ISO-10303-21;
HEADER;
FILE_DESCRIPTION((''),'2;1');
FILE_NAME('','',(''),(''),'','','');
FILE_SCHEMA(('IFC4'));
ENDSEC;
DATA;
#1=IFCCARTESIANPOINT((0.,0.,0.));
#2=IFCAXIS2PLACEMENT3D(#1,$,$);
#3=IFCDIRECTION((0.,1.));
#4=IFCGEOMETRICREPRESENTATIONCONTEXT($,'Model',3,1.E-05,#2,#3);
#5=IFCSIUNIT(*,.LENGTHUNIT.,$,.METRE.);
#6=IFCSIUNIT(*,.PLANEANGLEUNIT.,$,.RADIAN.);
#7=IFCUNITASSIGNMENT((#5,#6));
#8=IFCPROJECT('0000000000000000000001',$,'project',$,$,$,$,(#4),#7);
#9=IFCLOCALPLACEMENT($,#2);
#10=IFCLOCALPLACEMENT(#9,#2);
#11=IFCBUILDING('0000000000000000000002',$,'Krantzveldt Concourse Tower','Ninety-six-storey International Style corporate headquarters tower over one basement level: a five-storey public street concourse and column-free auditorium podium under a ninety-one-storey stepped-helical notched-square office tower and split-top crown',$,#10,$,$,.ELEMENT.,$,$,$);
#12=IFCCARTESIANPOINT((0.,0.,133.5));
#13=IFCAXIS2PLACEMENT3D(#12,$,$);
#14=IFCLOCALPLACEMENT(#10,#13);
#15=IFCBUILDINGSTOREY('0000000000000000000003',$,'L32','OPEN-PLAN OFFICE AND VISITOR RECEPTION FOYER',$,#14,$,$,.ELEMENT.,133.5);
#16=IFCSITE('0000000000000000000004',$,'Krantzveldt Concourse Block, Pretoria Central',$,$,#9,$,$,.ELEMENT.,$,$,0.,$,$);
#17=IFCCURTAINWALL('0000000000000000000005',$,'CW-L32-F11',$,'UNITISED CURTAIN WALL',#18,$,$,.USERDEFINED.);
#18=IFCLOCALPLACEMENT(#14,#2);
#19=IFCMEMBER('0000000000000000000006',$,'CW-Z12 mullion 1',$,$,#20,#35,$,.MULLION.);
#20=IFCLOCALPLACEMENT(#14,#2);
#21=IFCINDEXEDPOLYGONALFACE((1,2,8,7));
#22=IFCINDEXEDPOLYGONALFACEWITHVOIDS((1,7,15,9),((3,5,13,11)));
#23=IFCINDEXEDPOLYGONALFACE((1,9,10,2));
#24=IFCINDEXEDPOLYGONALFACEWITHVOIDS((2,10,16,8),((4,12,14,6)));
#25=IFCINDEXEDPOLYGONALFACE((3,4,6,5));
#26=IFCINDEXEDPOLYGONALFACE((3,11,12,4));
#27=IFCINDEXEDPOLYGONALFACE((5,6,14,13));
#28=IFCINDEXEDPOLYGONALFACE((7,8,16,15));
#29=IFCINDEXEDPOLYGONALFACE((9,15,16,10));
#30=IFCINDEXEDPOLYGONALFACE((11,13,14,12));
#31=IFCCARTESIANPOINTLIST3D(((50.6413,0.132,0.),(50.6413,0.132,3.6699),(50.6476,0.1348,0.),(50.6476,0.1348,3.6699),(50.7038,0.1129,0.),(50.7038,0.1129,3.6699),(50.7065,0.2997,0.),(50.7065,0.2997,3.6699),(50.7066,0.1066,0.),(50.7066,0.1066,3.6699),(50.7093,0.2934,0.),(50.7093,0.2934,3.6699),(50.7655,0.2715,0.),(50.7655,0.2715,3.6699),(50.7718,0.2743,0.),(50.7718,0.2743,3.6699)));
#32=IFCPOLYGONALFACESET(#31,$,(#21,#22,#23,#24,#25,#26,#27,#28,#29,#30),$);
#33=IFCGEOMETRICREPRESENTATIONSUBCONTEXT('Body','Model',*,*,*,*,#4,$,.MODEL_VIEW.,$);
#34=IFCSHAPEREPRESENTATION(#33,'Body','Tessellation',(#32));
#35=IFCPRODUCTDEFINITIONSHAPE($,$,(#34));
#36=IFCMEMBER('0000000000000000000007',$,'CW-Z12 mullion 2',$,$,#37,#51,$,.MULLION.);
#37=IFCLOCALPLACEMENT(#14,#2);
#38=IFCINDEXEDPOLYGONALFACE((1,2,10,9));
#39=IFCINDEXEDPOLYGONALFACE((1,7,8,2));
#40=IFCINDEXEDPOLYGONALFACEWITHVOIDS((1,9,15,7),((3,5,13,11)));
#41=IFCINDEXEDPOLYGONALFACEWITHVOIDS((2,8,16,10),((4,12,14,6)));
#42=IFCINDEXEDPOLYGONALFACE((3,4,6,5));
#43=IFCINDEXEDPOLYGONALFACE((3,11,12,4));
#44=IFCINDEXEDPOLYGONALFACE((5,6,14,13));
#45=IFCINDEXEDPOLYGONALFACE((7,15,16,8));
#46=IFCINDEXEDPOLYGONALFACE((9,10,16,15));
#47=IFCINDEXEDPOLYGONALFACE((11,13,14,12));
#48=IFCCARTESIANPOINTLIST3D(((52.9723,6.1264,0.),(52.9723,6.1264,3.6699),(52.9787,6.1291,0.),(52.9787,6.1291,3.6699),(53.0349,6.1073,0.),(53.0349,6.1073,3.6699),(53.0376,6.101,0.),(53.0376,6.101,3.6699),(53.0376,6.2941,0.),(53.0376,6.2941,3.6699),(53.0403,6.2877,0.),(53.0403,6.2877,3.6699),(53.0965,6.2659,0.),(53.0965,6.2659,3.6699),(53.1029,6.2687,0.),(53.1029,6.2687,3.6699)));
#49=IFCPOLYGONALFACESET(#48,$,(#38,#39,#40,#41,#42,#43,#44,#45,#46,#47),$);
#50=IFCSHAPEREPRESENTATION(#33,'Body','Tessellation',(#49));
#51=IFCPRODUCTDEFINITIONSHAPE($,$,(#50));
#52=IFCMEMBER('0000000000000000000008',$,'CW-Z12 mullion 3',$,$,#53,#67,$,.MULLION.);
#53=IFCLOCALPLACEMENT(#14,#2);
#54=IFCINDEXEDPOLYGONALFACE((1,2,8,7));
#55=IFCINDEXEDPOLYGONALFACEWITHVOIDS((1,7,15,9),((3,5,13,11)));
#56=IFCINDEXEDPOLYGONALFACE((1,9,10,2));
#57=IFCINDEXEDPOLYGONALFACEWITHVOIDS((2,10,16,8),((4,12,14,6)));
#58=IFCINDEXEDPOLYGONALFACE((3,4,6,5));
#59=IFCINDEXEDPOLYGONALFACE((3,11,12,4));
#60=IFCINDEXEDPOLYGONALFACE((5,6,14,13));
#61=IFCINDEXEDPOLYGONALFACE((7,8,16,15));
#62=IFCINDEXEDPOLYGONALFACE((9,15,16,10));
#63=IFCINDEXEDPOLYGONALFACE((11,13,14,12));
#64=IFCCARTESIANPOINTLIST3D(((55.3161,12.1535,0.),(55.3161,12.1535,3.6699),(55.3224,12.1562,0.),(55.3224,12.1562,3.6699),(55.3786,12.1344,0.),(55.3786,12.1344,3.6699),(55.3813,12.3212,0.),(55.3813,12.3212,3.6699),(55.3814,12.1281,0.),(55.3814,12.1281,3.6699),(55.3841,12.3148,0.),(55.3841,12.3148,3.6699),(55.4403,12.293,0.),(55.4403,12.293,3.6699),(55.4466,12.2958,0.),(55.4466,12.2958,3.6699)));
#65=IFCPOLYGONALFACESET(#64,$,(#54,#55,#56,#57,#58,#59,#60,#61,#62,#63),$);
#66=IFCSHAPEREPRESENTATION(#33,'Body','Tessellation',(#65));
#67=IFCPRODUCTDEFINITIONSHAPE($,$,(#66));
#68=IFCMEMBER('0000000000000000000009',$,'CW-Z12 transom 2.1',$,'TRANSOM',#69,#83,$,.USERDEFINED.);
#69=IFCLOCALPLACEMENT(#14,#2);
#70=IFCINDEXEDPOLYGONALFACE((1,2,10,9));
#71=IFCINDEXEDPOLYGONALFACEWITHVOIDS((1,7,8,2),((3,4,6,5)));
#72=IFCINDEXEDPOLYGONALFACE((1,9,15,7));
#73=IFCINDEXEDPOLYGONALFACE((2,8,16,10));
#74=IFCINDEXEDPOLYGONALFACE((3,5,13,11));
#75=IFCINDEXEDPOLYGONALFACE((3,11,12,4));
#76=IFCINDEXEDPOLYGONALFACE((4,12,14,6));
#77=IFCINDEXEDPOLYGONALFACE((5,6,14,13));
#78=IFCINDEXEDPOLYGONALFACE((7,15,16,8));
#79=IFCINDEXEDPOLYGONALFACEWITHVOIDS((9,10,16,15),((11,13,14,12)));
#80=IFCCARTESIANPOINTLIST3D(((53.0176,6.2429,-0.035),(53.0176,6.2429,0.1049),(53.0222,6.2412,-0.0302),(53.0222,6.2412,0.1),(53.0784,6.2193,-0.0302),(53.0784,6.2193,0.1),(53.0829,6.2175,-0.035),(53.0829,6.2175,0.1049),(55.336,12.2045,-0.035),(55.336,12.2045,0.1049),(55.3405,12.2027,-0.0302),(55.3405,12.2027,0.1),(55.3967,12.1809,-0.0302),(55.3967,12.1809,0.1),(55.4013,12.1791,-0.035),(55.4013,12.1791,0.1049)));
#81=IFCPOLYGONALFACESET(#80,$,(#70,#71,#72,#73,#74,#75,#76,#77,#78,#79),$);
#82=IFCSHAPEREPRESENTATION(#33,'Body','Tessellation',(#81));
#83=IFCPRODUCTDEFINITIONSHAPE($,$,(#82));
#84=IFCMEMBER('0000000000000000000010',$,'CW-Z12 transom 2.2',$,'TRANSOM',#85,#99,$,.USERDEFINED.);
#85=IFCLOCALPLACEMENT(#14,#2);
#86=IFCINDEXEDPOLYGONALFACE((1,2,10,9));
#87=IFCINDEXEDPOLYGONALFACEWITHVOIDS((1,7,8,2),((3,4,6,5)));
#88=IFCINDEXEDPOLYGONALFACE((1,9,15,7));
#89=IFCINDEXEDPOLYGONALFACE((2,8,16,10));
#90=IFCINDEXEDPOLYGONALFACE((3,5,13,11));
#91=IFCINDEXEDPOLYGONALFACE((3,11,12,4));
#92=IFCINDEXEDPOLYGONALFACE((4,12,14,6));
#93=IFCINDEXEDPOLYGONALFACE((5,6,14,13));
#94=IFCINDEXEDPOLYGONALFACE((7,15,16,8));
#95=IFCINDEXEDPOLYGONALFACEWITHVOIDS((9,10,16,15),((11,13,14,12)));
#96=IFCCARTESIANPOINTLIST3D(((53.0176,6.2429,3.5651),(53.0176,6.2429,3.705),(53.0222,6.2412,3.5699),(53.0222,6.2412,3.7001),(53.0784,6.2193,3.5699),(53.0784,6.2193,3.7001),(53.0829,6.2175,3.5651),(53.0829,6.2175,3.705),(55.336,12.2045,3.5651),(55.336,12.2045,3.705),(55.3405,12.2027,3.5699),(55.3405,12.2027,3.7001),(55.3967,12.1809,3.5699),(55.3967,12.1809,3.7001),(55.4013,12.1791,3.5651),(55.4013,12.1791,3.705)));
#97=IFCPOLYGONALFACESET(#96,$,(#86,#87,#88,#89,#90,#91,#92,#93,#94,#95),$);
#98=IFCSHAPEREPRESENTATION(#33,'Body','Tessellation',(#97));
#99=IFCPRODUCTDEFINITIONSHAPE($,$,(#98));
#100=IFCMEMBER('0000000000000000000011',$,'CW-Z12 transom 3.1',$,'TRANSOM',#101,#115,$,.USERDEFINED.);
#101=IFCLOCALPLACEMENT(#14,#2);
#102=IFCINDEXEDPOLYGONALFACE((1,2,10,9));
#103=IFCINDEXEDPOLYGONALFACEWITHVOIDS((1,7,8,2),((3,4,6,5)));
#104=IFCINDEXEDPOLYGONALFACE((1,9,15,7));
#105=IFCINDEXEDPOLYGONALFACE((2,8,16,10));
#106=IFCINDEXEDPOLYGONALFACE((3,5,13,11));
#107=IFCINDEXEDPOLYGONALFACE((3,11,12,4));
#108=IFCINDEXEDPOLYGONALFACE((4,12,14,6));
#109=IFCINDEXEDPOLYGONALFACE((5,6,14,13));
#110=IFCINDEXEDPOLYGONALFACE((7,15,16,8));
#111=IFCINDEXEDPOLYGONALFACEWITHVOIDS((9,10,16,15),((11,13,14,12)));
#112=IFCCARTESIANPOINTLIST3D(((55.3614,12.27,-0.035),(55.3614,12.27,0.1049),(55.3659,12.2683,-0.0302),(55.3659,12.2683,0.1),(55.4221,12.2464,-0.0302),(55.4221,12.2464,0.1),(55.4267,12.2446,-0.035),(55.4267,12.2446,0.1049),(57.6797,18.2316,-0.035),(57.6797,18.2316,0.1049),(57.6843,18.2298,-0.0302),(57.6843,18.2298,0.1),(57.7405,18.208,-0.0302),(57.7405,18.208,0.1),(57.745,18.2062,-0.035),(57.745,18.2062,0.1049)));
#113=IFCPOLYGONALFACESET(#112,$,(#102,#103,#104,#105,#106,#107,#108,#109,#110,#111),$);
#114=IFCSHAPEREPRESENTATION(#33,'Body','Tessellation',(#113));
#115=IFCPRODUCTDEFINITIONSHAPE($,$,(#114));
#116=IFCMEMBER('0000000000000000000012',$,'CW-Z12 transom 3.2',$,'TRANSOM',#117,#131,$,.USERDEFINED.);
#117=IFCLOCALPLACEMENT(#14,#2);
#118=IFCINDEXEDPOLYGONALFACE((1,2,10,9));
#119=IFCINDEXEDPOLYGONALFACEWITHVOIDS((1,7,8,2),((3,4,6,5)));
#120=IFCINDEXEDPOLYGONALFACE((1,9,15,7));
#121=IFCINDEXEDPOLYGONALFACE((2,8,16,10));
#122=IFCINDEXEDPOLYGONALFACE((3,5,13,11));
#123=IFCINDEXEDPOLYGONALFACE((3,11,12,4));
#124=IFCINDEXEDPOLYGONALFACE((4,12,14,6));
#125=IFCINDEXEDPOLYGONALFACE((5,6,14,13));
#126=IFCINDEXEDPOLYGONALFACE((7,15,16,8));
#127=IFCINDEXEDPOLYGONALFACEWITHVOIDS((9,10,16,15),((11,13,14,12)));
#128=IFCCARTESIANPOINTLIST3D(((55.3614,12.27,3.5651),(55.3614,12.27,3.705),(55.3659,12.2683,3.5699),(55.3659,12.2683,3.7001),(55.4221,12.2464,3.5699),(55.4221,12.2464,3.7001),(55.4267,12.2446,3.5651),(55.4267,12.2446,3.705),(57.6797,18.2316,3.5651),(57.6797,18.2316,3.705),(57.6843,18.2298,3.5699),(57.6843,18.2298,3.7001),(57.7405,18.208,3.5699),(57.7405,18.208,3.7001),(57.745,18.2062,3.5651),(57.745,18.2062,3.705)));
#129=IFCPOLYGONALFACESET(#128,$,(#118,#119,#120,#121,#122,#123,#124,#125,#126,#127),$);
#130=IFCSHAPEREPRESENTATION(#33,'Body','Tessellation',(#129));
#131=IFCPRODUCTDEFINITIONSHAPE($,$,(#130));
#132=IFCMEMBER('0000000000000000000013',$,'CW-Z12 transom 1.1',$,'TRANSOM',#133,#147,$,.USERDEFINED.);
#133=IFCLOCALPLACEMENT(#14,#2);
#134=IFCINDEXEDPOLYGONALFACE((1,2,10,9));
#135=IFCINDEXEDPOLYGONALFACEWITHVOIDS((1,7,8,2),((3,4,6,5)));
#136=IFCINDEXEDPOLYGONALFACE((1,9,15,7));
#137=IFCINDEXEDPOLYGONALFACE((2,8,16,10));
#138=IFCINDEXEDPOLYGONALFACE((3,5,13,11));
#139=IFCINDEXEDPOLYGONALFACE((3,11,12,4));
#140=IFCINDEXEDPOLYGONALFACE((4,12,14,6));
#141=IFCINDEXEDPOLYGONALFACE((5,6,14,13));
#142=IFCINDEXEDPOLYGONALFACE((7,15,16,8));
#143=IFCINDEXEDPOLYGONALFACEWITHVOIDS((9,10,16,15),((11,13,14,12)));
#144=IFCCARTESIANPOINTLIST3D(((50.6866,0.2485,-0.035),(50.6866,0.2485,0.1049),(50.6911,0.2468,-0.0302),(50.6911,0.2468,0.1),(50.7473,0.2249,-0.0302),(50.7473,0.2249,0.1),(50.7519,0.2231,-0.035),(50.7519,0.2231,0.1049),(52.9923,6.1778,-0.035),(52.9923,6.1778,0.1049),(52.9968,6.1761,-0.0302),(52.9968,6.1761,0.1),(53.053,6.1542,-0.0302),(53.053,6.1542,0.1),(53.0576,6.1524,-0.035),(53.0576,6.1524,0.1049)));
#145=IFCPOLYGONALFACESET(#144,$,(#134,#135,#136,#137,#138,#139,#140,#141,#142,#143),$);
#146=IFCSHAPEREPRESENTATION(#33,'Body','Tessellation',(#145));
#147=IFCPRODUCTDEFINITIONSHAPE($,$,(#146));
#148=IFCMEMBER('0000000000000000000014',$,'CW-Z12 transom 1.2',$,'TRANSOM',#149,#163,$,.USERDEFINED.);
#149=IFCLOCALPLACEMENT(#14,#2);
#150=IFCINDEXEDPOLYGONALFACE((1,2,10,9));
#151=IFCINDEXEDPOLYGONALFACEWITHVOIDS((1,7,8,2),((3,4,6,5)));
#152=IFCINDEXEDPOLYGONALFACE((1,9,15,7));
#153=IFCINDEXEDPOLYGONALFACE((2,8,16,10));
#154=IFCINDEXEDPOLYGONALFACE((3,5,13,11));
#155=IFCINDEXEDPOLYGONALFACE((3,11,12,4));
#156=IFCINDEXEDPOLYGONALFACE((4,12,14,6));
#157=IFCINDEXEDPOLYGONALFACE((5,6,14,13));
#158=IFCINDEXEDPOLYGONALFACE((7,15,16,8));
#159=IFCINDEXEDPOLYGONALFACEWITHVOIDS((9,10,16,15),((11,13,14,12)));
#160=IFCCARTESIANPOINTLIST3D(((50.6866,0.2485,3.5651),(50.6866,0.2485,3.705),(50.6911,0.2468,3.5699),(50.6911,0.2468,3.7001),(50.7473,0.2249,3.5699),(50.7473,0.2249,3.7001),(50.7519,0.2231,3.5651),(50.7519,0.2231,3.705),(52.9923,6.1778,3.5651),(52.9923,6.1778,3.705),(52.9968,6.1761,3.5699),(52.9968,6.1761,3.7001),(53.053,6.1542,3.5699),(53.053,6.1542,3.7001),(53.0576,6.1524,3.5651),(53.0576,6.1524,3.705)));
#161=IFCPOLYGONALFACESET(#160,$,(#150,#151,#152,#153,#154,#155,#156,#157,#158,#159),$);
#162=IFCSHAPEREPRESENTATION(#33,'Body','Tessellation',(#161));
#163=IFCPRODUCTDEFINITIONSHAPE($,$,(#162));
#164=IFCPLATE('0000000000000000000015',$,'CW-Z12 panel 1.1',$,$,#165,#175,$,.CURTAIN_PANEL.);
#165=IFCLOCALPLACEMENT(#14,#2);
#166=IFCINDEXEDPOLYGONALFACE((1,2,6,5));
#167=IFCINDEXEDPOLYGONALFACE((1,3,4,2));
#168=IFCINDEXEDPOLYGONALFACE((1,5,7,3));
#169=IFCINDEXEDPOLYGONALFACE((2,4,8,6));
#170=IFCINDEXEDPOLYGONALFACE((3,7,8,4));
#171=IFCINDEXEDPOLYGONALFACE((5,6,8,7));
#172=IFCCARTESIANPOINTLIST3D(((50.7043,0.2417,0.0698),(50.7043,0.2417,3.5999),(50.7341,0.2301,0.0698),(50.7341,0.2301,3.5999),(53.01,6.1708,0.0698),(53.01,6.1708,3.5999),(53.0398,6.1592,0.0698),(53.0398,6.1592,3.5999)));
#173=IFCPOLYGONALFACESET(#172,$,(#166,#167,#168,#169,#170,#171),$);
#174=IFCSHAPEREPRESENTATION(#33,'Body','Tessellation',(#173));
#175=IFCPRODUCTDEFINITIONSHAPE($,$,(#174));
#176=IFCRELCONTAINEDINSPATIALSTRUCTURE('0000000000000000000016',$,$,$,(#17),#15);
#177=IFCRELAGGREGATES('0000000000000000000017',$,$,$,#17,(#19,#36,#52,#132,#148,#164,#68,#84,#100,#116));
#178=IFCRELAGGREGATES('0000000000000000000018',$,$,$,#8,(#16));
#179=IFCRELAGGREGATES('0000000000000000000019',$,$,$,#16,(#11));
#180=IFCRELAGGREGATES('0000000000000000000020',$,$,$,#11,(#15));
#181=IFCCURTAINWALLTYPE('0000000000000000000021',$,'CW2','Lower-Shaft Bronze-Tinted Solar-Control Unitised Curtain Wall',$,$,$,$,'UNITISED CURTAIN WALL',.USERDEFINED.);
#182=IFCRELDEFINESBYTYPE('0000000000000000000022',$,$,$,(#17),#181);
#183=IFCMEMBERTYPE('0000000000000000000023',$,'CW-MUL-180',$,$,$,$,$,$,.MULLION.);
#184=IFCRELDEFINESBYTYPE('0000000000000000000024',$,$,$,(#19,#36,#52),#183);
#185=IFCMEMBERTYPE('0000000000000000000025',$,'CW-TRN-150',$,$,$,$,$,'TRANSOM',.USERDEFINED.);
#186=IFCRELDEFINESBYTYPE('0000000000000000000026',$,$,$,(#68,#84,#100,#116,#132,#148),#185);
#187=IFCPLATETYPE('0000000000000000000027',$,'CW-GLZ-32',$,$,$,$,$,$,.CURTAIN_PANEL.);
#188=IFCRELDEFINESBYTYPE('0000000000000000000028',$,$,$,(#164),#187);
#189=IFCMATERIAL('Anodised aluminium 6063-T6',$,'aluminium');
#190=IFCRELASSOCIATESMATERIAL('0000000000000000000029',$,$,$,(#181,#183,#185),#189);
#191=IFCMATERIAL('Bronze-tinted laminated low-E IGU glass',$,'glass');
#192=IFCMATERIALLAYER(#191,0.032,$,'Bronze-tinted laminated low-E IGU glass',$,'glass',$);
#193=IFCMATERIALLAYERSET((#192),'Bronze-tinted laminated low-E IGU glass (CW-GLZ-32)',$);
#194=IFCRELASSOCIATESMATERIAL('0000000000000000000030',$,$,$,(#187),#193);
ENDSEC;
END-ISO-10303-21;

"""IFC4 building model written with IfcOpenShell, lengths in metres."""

from ifc_helpers import new_model, si_unit, direction, frame, origin, origin_2d, place, context, subcontext, project, spatial, rectangle, hollow_rectangle, extrude, source, transform, mapped, material, layer, layer_set, material_profile, profile_set, type_object, type_shapes, element, aggregate, save


model = new_model("IFC4")

# Units and contexts
model_context = context("Model", 3, precision=1e-05, world=origin(), true_north=direction((0.0, 1.0)))
body_context = subcontext(model_context, "Body", "Model", "MODEL_VIEW")
ifc_project = project(units=[si_unit("LENGTHUNIT", "METRE"), si_unit("PLANEANGLEUNIT", "RADIAN")], contexts=[model_context])

# Site, building, storey
site_placement = place(None, origin())
site = spatial("IfcSite", under=ifc_project, at=site_placement, Name="Krantzveldt Concourse Block, Pretoria Central", CompositionType="ELEMENT", RefElevation=0.0)
building_placement = place(site_placement, origin())
building = spatial("IfcBuilding", under=site, at=building_placement, Name="Krantzveldt Concourse Tower", Description="Ninety-six-storey International Style corporate headquarters tower over one basement level: a five-storey public street concourse and column-free auditorium podium under a ninety-one-storey stepped-helical notched-square office tower and split-top crown", CompositionType="ELEMENT")
storey_placement = place(building_placement, frame((0.0, 0.0, 133.5)))
storey = spatial("IfcBuildingStorey", under=building, at=storey_placement, Name="L32", Description="OPEN-PLAN OFFICE AND VISITOR RECEPTION FOYER", CompositionType="ELEMENT", Elevation=133.5)

# Curtain wall, members, plate
ifc_material_1 = material(Name="Anodised aluminium 6063-T6", Category="aluminium")
curtain_wall_type = type_object("IfcCurtainWallType", Name="CW2", Description="Lower-Shaft Bronze-Tinted Solar-Control Unitised Curtain Wall", ElementType="UNITISED CURTAIN WALL", PredefinedType="USERDEFINED", material=ifc_material_1)
curtain_wall_placement = place(storey_placement, origin())
curtain_wall = element("IfcCurtainWall", 1, at=curtain_wall_placement, inside=storey, type_object=curtain_wall_type, Name="CW-L32-F11", ObjectType="UNITISED CURTAIN WALL", PredefinedType="USERDEFINED")
ifc_material_profile_1 = material_profile(ifc_material_1, hollow_rectangle(XDim=0.0701, YDim=0.1799, WallThickness=0.0049, at=origin_2d()), Name="Anodised aluminium 6063-T6", Category="aluminium")
ifc_profile_set_1 = profile_set([ifc_material_profile_1], Name="Anodised aluminium 6063-T6 - ALU-MULL 180x70x5")
member_type_1 = type_object("IfcMemberType", Name="CW-MUL-180", PredefinedType="MULLION", material=ifc_profile_set_1)
shared_shape_1 = source(origin(), body_context, "Body", "SweptSolid", [
    extrude(hollow_rectangle(XDim=0.0701, YDim=0.1799, WallThickness=0.0049, at=origin_2d()), origin(), (0.0, 0.0, 1.0), 3.6699),
])
type_shapes(member_type_1, [shared_shape_1])
member_1_placement = place(storey_placement, frame((50.7065, 0.2031, 0.0), z_axis=(0.0, 0.0, 1.0), x_axis=(-0.932008, 0.362438, 0.0)))
member_1 = element("IfcMember", 2, at=member_1_placement, type_object=member_type_1, Name="CW-Z12 mullion 1", PredefinedType="MULLION", context=body_context, shape_type="MappedRepresentation", body=[
    mapped(shared_shape_1, transform((0.0, 0.0, 0.0), x_axis=(1.0, 0.0, 0.0), y_axis=(0.0, 1.0, 0.0), z_axis=(0.0, 0.0, 1.0), scale=1.0)),
])
member_2_placement = place(storey_placement, frame((53.0376, 6.1975, 0.0), z_axis=(0.0, 0.0, 1.0), x_axis=(-0.932008, 0.362438, 0.0)))
member_2 = element("IfcMember", 3, at=member_2_placement, type_object=member_type_1, Name="CW-Z12 mullion 2", PredefinedType="MULLION", context=body_context, shape_type="MappedRepresentation", body=[
    mapped(shared_shape_1, transform((0.0, 0.0, 0.0), x_axis=(1.0, 0.0, 0.0), y_axis=(0.0, 1.0, 0.0), z_axis=(0.0, 0.0, 1.0), scale=1.0)),
])
member_3_placement = place(storey_placement, frame((55.3813, 12.2246, 0.0), z_axis=(0.0, 0.0, 1.0), x_axis=(-0.932008, 0.362438, 0.0)))
member_3 = element("IfcMember", 4, at=member_3_placement, type_object=member_type_1, Name="CW-Z12 mullion 3", PredefinedType="MULLION", context=body_context, shape_type="MappedRepresentation", body=[
    mapped(shared_shape_1, transform((0.0, 0.0, 0.0), x_axis=(1.0, 0.0, 0.0), y_axis=(0.0, 1.0, 0.0), z_axis=(0.0, 0.0, 1.0), scale=1.0)),
])
ifc_material_profile_2 = material_profile(ifc_material_1, hollow_rectangle(XDim=0.0701, YDim=0.1399, WallThickness=0.0049, at=origin_2d()), Name="Anodised aluminium 6063-T6", Category="aluminium")
ifc_profile_set_2 = profile_set([ifc_material_profile_2], Name="Anodised aluminium 6063-T6 - ALU-TRAN 140x70x5")
member_type_2 = type_object("IfcMemberType", Name="CW-TRN-150", ElementType="TRANSOM", PredefinedType="USERDEFINED", material=ifc_profile_set_2)
shared_shape_2 = source(origin(), body_context, "Body", "SweptSolid", [
    extrude(hollow_rectangle(XDim=0.0701, YDim=0.1399, WallThickness=0.0049, at=origin_2d()), origin(), (0.0, 0.0, 1.0), 6.3965),
])
member_4_placement = place(storey_placement, frame((53.0503, 6.2302, 0.0349), z_axis=(0.362437, 0.932008, 0.0), x_axis=(-0.932008, 0.362437, 0.0)))
member_4 = element("IfcMember", 5, at=member_4_placement, type_object=member_type_2, Name="CW-Z12 transom 2.1", ObjectType="TRANSOM", PredefinedType="USERDEFINED", context=body_context, shape_type="MappedRepresentation", body=[
    mapped(shared_shape_2, transform((0.0, 0.0, 0.0), x_axis=(1.0, 0.0, 0.0), y_axis=(0.0, 1.0, 0.0), z_axis=(0.0, 0.0, 1.0), scale=1.0)),
])
member_5_placement = place(storey_placement, frame((53.0503, 6.2302, 3.635), z_axis=(0.362437, 0.932008, 0.0), x_axis=(-0.932008, 0.362437, 0.0)))
member_5 = element("IfcMember", 6, at=member_5_placement, type_object=member_type_2, Name="CW-Z12 transom 2.2", ObjectType="TRANSOM", PredefinedType="USERDEFINED", context=body_context, shape_type="MappedRepresentation", body=[
    mapped(shared_shape_2, transform((0.0, 0.0, 0.0), x_axis=(1.0, 0.0, 0.0), y_axis=(0.0, 1.0, 0.0), z_axis=(0.0, 0.0, 1.0), scale=1.0)),
])
member_6_placement = place(storey_placement, frame((55.394, 12.2573, 0.0349), z_axis=(0.362437, 0.932008, 0.0), x_axis=(-0.932008, 0.362437, 0.0)))
member_6 = element("IfcMember", 7, at=member_6_placement, type_object=member_type_2, Name="CW-Z12 transom 3.1", ObjectType="TRANSOM", PredefinedType="USERDEFINED", context=body_context, shape_type="MappedRepresentation", body=[
    mapped(shared_shape_2, transform((0.0, 0.0, 0.0), x_axis=(1.0, 0.0, 0.0), y_axis=(0.0, 1.0, 0.0), z_axis=(0.0, 0.0, 1.0), scale=1.0)),
])
member_7_placement = place(storey_placement, frame((55.394, 12.2573, 3.635), z_axis=(0.362437, 0.932008, 0.0), x_axis=(-0.932008, 0.362437, 0.0)))
member_7 = element("IfcMember", 8, at=member_7_placement, type_object=member_type_2, Name="CW-Z12 transom 3.2", ObjectType="TRANSOM", PredefinedType="USERDEFINED", context=body_context, shape_type="MappedRepresentation", body=[
    mapped(shared_shape_2, transform((0.0, 0.0, 0.0), x_axis=(1.0, 0.0, 0.0), y_axis=(0.0, 1.0, 0.0), z_axis=(0.0, 0.0, 1.0), scale=1.0)),
])
shared_shape_3 = source(origin(), body_context, "Body", "SweptSolid", [
    extrude(hollow_rectangle(XDim=0.0701, YDim=0.1399, WallThickness=0.0049, at=origin_2d()), origin(), (0.0, 0.0, 1.0), 6.3618),
])
type_shapes(member_type_2, [shared_shape_2, shared_shape_3])
member_8_placement = place(storey_placement, frame((50.7192, 0.2358, 0.0349), z_axis=(0.362428, 0.932012, 0.0), x_axis=(-0.932012, 0.362428, 0.0)))
member_8 = element("IfcMember", 9, at=member_8_placement, type_object=member_type_2, Name="CW-Z12 transom 1.1", ObjectType="TRANSOM", PredefinedType="USERDEFINED", context=body_context, shape_type="MappedRepresentation", body=[
    mapped(shared_shape_3, transform((0.0, 0.0, 0.0), x_axis=(1.0, 0.0, 0.0), y_axis=(0.0, 1.0, 0.0), z_axis=(0.0, 0.0, 1.0), scale=1.0)),
])
member_9_placement = place(storey_placement, frame((50.7192, 0.2358, 3.635), z_axis=(0.362428, 0.932012, 0.0), x_axis=(-0.932012, 0.362428, 0.0)))
member_9 = element("IfcMember", 10, at=member_9_placement, type_object=member_type_2, Name="CW-Z12 transom 1.2", ObjectType="TRANSOM", PredefinedType="USERDEFINED", context=body_context, shape_type="MappedRepresentation", body=[
    mapped(shared_shape_3, transform((0.0, 0.0, 0.0), x_axis=(1.0, 0.0, 0.0), y_axis=(0.0, 1.0, 0.0), z_axis=(0.0, 0.0, 1.0), scale=1.0)),
])
ifc_material_2 = material(Name="Bronze-tinted laminated low-E IGU glass", Category="glass")
ifc_layer_1 = layer(ifc_material_2, 0.032, Name="Bronze-tinted laminated low-E IGU glass", Category="glass")
ifc_layer_set_1 = layer_set([ifc_layer_1], Name="Bronze-tinted laminated low-E IGU glass (CW-GLZ-32)")
plate_type = type_object("IfcPlateType", Name="CW-GLZ-32", PredefinedType="CURTAIN_PANEL", material=ifc_layer_set_1)
shared_shape_4 = source(origin(), body_context, "Body", "SweptSolid", [
    extrude(rectangle(XDim=6.3616, YDim=0.032, at=origin_2d()), origin(), (0.0, 0.0, 1.0), 3.53),
])
plate_1_placement = place(storey_placement, frame((51.8721, 3.2004, 0.0698), z_axis=(0.0, 0.0, 1.0), x_axis=(0.362438, 0.932008, 0.0)))
plate_1 = element("IfcPlate", 11, at=plate_1_placement, type_object=plate_type, Name="CW-Z12 panel 1.1", PredefinedType="CURTAIN_PANEL", context=body_context, shape_type="MappedRepresentation", body=[
    mapped(shared_shape_4, transform((0.0, 0.0, 0.0), x_axis=(1.0, 0.0, 0.0), y_axis=(0.0, 1.0, 0.0), z_axis=(0.0, 0.0, 1.0), scale=1.0)),
])
aggregate(curtain_wall, [member_1, member_2, member_3, member_8, member_9, plate_1, member_4, member_5, member_6, member_7])

save(model, "model.ifc")
